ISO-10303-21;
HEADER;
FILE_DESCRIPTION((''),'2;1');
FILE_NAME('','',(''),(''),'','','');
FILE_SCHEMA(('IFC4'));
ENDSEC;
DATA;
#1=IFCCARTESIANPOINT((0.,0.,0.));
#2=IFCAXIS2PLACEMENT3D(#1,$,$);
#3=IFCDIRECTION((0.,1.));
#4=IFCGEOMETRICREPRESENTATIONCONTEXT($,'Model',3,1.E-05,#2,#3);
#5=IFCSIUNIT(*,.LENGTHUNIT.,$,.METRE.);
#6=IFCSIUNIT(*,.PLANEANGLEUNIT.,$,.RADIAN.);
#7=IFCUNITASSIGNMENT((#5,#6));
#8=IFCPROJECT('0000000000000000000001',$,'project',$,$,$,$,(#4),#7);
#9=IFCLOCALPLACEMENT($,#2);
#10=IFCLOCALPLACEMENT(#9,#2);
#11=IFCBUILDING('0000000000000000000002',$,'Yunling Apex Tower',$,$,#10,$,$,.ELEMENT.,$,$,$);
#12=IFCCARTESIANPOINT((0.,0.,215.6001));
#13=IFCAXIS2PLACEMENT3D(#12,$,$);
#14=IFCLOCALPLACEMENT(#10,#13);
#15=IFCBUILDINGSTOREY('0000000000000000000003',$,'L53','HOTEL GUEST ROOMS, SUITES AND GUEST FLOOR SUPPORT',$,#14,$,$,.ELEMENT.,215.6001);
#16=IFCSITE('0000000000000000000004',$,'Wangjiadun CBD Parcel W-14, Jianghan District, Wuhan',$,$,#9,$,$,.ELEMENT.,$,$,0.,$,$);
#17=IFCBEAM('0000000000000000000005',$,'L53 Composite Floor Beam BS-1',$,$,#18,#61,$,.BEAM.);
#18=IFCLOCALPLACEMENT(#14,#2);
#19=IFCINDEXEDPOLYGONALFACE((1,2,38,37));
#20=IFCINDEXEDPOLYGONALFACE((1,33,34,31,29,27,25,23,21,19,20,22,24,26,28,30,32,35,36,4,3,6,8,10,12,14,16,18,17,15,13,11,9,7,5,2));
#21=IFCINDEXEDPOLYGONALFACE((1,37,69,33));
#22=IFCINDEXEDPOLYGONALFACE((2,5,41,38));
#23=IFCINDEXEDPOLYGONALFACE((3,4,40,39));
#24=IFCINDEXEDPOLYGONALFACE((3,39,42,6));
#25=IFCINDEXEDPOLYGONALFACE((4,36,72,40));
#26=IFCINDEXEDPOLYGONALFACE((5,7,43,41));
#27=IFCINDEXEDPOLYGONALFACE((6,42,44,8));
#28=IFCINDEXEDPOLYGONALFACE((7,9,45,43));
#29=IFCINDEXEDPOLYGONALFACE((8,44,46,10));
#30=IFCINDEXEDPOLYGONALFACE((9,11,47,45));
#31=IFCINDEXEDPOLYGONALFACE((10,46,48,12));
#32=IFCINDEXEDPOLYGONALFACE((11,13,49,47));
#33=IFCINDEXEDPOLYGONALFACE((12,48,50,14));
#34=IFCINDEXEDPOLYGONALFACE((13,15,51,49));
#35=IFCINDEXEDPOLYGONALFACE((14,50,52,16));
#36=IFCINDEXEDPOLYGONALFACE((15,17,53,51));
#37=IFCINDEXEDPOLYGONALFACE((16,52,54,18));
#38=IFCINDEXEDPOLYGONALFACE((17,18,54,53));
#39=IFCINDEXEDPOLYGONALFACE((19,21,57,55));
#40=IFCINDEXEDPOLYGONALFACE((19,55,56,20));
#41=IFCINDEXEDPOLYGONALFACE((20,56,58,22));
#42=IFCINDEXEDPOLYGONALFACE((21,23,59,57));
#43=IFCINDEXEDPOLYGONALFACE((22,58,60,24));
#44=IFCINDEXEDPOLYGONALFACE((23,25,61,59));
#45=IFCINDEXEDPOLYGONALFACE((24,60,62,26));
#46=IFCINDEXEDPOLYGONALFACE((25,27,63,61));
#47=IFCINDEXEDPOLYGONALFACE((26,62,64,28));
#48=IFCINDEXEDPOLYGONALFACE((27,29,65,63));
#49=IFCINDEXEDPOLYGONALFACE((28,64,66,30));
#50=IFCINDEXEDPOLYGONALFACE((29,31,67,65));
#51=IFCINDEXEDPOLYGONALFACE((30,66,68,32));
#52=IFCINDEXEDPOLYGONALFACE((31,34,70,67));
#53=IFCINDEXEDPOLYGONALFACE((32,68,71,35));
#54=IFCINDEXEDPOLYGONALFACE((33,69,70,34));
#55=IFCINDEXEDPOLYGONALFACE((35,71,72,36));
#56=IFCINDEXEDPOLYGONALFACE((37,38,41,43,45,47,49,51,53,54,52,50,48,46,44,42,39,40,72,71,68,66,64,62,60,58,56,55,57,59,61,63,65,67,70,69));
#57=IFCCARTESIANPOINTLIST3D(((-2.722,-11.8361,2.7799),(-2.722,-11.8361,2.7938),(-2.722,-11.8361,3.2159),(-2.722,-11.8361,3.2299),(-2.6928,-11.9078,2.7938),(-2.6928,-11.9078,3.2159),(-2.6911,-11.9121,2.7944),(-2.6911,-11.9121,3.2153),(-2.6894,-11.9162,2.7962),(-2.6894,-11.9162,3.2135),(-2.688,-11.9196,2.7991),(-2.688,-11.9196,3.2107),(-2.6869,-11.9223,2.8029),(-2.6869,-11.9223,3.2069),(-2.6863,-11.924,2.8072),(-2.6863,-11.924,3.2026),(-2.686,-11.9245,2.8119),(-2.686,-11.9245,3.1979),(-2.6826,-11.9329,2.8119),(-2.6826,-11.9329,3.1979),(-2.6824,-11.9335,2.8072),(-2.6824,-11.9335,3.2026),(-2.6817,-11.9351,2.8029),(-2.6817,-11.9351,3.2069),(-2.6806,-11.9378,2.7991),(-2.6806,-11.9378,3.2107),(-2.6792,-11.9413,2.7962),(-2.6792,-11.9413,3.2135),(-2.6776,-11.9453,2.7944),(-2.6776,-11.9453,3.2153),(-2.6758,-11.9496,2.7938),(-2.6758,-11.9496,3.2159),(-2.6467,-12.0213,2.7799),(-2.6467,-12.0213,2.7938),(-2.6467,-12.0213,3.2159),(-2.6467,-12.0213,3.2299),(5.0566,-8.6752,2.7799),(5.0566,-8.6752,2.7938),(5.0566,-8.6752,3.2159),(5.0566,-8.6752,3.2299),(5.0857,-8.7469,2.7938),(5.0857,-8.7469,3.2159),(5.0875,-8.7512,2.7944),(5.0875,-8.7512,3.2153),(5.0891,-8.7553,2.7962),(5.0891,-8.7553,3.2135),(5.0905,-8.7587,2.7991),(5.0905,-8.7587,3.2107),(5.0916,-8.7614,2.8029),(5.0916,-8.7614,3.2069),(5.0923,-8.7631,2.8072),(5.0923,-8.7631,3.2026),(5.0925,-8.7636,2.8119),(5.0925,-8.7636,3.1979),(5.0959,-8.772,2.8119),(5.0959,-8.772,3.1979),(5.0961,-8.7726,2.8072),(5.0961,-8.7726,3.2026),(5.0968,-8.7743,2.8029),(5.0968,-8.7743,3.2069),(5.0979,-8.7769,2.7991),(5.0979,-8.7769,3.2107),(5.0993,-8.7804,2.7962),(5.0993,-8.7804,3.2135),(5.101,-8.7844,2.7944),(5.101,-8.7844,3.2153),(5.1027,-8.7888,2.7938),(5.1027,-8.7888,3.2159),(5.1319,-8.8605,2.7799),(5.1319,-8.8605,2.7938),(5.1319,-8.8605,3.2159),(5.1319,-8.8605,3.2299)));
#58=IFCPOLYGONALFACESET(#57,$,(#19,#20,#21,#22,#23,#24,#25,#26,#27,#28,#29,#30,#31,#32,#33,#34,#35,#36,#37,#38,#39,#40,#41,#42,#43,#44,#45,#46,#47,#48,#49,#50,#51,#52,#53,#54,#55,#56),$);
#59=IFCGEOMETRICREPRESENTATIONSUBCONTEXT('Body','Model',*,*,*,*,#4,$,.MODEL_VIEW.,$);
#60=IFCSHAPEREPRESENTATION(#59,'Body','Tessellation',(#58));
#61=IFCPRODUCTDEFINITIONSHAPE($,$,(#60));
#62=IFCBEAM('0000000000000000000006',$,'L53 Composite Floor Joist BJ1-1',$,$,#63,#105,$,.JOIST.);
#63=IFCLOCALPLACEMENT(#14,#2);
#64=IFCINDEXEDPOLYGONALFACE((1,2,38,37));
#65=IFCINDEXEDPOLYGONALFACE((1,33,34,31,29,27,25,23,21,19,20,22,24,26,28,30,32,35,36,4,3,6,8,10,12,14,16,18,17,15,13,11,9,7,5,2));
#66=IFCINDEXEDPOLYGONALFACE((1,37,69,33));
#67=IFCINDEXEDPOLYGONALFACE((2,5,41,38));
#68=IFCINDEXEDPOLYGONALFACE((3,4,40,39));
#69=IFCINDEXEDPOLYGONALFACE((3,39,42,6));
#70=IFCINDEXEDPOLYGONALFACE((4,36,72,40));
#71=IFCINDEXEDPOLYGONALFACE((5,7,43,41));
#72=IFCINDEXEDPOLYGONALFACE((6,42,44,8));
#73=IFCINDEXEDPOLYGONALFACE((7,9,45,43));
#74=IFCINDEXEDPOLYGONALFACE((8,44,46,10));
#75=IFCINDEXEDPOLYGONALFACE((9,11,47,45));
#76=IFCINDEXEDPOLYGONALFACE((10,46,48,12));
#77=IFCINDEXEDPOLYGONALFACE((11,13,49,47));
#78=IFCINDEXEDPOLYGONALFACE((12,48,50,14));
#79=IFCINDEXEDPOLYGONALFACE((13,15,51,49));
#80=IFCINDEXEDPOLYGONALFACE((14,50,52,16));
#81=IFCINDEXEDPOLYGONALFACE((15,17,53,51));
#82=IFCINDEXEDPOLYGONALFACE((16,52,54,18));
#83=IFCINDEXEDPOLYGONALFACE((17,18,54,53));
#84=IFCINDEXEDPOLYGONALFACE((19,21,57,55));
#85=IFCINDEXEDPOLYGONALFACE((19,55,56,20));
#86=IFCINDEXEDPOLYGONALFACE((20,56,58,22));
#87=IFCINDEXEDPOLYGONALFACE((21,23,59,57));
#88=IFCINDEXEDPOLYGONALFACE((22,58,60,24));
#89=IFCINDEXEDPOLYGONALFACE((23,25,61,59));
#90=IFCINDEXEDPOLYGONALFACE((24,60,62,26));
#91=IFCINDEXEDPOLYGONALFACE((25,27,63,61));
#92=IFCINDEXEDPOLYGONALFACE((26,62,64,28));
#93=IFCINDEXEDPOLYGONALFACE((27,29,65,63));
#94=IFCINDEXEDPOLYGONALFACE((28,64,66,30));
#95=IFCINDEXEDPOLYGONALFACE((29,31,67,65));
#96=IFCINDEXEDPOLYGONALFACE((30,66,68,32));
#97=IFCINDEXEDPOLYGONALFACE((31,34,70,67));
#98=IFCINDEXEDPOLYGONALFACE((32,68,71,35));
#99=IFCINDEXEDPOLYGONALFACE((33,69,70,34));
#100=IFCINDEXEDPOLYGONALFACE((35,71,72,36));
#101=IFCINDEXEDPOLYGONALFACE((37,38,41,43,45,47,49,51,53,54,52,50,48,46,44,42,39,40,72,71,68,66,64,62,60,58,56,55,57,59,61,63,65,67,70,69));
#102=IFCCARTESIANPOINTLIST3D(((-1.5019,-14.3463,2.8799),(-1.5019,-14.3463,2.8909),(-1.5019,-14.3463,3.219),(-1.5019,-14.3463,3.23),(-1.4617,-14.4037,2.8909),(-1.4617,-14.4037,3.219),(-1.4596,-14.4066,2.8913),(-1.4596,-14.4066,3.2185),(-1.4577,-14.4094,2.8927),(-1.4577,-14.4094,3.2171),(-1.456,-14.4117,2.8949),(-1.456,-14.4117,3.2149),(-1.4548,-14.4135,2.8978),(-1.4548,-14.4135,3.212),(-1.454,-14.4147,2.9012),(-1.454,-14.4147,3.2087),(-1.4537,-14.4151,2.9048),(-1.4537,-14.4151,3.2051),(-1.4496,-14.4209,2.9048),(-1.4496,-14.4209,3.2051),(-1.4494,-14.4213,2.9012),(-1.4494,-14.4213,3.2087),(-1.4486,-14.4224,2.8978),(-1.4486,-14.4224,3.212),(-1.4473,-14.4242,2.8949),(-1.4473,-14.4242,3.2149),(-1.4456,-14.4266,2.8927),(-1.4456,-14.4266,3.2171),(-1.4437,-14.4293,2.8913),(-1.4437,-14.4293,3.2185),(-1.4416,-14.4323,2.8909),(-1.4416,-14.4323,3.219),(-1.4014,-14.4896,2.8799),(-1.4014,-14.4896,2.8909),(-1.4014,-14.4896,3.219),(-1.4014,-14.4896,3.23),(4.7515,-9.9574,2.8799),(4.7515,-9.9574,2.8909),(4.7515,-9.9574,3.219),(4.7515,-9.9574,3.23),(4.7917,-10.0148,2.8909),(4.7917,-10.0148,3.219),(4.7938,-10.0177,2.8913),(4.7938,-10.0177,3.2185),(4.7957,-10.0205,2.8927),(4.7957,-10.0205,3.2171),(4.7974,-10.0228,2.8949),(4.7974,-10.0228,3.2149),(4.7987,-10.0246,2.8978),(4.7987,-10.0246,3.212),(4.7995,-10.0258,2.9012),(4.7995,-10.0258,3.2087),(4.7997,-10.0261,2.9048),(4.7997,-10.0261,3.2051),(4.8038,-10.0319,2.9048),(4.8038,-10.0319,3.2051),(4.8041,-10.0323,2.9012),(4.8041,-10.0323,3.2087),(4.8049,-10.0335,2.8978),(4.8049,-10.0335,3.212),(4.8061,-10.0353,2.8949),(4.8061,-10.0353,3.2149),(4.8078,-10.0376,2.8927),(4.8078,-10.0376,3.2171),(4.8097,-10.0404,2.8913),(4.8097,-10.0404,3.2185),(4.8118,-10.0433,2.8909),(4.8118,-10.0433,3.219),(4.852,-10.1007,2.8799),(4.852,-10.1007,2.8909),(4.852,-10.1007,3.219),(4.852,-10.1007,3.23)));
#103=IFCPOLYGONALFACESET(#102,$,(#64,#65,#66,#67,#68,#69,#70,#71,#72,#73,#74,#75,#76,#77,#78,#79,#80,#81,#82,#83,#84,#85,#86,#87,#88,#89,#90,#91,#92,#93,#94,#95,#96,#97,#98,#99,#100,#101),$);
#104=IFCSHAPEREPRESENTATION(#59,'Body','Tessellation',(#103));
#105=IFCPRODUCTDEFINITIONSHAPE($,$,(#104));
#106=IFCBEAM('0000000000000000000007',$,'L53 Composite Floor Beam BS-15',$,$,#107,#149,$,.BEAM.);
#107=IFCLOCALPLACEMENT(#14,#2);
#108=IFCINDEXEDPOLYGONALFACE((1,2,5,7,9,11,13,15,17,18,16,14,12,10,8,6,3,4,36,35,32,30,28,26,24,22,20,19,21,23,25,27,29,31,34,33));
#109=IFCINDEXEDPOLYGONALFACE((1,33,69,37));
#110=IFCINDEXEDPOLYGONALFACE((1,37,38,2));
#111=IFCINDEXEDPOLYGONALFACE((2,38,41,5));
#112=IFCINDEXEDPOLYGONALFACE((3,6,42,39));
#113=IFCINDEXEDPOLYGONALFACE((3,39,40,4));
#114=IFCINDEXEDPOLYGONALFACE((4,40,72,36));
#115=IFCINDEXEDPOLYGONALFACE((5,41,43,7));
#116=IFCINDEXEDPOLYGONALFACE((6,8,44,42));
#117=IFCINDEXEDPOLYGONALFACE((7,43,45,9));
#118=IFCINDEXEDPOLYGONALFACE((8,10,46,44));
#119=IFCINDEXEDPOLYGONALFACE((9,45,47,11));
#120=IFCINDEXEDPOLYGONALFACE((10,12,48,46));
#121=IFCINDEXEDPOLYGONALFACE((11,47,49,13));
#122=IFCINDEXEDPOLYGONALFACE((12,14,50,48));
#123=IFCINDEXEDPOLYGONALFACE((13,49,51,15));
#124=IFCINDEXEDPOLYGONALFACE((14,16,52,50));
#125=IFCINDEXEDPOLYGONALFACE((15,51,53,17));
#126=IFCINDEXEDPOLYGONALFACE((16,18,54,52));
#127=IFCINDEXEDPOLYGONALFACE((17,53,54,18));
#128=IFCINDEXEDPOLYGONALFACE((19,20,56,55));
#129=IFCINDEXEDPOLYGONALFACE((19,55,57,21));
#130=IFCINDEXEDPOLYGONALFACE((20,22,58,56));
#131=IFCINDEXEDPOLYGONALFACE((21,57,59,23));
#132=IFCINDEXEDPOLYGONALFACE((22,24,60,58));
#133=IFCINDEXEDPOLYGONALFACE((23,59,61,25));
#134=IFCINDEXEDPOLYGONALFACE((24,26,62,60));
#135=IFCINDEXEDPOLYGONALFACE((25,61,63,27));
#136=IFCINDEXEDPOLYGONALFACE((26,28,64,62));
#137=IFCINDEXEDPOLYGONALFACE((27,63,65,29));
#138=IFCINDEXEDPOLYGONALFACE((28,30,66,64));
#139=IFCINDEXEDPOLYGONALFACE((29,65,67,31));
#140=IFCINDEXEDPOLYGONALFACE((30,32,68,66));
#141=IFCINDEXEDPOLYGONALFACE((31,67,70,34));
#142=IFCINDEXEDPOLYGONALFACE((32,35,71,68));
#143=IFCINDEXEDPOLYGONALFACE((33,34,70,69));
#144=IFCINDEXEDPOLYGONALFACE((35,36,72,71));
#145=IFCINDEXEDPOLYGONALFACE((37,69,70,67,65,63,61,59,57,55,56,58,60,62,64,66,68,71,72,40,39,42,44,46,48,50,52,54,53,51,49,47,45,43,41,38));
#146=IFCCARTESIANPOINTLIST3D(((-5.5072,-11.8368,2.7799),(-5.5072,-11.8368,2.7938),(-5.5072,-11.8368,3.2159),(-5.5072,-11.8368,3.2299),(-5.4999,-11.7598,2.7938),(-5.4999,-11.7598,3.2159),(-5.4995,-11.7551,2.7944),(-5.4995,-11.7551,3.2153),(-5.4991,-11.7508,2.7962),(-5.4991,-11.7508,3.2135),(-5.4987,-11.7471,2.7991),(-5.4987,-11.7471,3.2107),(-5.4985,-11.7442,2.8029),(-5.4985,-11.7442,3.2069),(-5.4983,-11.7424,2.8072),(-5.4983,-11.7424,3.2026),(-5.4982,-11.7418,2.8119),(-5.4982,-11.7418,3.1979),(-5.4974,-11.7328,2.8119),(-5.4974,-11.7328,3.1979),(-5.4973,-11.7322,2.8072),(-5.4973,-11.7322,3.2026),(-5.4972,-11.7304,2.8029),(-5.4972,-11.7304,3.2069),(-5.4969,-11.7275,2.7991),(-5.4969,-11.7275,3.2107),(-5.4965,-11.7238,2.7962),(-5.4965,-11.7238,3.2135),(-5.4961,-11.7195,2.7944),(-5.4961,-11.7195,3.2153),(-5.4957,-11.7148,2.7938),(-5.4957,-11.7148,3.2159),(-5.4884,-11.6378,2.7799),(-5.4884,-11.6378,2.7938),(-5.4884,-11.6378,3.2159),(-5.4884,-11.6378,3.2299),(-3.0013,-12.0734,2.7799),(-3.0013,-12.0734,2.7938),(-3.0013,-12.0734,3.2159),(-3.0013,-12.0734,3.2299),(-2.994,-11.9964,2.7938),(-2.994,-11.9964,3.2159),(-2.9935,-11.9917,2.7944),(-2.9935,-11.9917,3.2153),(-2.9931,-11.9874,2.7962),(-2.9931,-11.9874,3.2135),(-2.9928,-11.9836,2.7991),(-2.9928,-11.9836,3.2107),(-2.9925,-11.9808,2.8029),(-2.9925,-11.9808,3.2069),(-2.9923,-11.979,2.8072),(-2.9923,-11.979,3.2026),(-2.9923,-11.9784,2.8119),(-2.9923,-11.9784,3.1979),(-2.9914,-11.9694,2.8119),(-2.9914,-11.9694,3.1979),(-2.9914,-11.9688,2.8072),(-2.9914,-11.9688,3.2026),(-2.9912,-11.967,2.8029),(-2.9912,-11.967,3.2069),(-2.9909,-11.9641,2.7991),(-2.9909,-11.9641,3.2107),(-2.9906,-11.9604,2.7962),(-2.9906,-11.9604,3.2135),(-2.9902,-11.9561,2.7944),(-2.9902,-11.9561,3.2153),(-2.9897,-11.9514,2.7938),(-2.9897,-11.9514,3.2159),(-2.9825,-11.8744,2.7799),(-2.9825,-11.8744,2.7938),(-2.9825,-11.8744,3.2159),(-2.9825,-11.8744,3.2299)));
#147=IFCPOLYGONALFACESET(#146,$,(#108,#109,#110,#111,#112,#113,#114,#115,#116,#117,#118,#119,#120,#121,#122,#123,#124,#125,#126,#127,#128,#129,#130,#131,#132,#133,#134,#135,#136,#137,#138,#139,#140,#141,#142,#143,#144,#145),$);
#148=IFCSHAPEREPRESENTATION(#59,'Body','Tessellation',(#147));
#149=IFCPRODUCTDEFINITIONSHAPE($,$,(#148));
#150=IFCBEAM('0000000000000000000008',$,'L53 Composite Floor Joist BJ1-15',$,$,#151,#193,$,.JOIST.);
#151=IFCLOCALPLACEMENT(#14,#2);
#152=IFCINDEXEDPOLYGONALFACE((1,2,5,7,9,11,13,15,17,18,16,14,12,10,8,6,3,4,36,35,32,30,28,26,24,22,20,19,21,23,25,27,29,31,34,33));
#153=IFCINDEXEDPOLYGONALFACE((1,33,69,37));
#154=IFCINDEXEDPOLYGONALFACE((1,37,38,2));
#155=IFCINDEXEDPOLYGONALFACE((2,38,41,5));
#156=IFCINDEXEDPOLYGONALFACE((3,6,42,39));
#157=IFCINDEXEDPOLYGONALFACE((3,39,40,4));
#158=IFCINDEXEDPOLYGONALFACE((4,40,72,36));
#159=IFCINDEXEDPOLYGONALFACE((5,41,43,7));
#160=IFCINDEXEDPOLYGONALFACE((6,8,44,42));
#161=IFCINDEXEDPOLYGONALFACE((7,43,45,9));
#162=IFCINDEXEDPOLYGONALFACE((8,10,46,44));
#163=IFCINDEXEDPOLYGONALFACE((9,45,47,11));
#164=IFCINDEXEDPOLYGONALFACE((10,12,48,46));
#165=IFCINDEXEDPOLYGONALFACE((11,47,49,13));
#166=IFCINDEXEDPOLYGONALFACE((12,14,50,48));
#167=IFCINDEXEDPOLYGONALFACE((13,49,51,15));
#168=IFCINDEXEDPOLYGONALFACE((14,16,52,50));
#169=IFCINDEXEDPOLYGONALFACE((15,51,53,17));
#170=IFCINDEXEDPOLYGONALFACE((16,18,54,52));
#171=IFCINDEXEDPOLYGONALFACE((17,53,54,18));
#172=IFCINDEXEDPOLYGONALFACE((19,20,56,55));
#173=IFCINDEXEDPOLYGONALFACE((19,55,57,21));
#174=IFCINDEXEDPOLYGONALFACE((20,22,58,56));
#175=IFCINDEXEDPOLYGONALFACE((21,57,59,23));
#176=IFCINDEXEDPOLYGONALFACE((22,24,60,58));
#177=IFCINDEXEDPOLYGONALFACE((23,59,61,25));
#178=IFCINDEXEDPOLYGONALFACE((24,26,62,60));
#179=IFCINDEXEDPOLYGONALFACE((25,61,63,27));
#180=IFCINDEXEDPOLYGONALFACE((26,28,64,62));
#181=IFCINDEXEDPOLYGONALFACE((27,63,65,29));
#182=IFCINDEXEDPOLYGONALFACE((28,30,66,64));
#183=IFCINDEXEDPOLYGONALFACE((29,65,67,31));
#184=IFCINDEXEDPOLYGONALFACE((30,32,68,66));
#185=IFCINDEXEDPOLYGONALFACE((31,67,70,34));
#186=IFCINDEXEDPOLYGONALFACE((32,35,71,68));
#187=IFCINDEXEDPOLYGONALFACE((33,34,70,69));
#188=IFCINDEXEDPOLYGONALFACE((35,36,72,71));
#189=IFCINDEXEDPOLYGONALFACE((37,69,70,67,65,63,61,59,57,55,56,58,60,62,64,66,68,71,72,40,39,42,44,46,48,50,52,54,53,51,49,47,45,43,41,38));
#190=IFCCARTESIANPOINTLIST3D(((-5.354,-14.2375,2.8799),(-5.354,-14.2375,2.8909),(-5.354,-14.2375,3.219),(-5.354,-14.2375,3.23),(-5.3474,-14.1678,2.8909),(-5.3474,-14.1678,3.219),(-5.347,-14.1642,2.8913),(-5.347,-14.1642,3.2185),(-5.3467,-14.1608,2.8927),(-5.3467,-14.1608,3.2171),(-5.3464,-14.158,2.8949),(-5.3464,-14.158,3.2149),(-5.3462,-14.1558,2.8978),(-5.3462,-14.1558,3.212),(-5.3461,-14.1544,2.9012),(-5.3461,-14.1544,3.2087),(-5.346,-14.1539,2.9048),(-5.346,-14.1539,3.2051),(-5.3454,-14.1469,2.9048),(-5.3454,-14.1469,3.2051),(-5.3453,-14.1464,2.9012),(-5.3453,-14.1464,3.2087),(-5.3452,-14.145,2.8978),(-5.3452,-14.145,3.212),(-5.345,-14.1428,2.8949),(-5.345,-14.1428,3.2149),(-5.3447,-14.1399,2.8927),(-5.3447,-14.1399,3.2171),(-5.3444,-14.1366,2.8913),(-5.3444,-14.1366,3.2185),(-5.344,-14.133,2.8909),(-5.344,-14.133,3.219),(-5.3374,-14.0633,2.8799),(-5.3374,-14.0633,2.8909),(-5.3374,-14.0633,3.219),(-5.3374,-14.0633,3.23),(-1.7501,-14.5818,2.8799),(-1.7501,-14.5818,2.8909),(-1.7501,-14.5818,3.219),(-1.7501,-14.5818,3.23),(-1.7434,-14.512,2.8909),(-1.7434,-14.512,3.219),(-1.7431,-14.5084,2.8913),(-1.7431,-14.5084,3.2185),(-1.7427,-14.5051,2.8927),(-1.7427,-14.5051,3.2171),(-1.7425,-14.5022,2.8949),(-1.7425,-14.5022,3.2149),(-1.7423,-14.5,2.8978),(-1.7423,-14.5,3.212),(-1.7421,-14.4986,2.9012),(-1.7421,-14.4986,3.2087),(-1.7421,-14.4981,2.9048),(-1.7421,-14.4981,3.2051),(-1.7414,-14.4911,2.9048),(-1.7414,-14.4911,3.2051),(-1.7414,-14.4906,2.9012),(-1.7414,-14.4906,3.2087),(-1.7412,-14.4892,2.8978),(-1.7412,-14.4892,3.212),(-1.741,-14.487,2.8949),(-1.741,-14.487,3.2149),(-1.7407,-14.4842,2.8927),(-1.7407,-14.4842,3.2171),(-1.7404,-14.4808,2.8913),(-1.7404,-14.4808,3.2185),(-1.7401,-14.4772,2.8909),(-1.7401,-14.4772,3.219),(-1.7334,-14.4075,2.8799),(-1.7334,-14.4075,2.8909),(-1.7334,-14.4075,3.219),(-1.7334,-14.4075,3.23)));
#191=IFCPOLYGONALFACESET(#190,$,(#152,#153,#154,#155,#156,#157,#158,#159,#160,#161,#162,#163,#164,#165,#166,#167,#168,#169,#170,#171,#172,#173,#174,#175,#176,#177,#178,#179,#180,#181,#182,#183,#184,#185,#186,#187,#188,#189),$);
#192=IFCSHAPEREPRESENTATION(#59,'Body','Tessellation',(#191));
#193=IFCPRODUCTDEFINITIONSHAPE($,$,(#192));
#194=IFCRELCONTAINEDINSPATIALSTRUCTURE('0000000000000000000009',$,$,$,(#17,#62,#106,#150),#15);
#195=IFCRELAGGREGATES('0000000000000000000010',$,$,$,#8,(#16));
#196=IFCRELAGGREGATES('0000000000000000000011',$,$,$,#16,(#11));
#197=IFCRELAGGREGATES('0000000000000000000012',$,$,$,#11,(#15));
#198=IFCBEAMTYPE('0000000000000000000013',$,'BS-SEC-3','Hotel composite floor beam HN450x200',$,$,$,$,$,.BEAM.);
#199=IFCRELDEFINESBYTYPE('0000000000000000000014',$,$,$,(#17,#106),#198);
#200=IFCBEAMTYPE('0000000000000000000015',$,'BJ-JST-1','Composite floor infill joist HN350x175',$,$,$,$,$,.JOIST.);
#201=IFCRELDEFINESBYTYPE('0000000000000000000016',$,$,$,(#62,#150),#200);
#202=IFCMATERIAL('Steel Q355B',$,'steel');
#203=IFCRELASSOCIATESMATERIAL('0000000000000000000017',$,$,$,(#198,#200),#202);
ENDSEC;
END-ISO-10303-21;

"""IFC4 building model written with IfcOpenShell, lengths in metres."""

from ifc_helpers import new_model, si_unit, direction, frame, origin, origin_2d, place, context, subcontext, project, spatial, i_section, extrude, source, transform, mapped, material, material_profile, profile_set, type_object, element, save


model = new_model("IFC4")

# Units and contexts
model_context = context("Model", 3, precision=1e-05, world=origin(), true_north=direction((0.0, 1.0)))
body_context = subcontext(model_context, "Body", "Model", "MODEL_VIEW")
ifc_project = project(units=[si_unit("LENGTHUNIT", "METRE"), si_unit("PLANEANGLEUNIT", "RADIAN")], contexts=[model_context])

# Site, building, storey
site_placement = place(None, origin())
site = spatial("IfcSite", under=ifc_project, at=site_placement, Name="Wangjiadun CBD Parcel W-14, Jianghan District, Wuhan", CompositionType="ELEMENT", RefElevation=0.0)
building_placement = place(site_placement, origin())
building = spatial("IfcBuilding", under=site, at=building_placement, Name="Yunling Apex Tower", CompositionType="ELEMENT")
storey_placement = place(building_placement, frame((0.0, 0.0, 215.6001)))
storey = spatial("IfcBuildingStorey", under=building, at=storey_placement, Name="L53", Description="HOTEL GUEST ROOMS, SUITES AND GUEST FLOOR SUPPORT", CompositionType="ELEMENT", Elevation=215.6001)

# Beams
ifc_material_1 = material(Name="Steel Q355B", Category="steel")
ifc_material_profile_1 = material_profile(ifc_material_1, i_section(OverallWidth=0.2, OverallDepth=0.45, WebThickness=0.009, FlangeThickness=0.0139, FilletRadius=0.0181, at=origin_2d()))
ifc_profile_set_1 = profile_set([ifc_material_profile_1], Name="Steel Q355B")
beam_type_1 = type_object("IfcBeamType", Name="BS-SEC-3", Description="Hotel composite floor beam HN450x200", PredefinedType="BEAM", material=ifc_profile_set_1)
shared_shape_1 = source(origin(), body_context, "Body", "SweptSolid", [
    extrude(i_section(OverallWidth=0.2, OverallDepth=0.45, WebThickness=0.009, FlangeThickness=0.0139, FilletRadius=0.0181, at=origin_2d()), origin(), (0.0, 0.0, 1.0), 8.3962),
])
beam_1_placement = place(storey_placement, frame((-2.6843, -11.9287, 3.0049), z_axis=(0.926431, 0.376464, 0.0), x_axis=(-0.376464, 0.926431, 0.0)))
element("IfcBeam", 1, at=beam_1_placement, inside=storey, type_object=beam_type_1, Name="L53 Composite Floor Beam BS-1", PredefinedType="BEAM", context=body_context, shape_type="MappedRepresentation", body=[
    mapped(shared_shape_1, transform((0.0, 0.0, 0.0), scale=1.0)),
])
ifc_material_profile_2 = material_profile(ifc_material_1, i_section(OverallWidth=0.175, OverallDepth=0.3501, WebThickness=0.0071, FlangeThickness=0.011, FilletRadius=0.0139, at=origin_2d()))
ifc_profile_set_2 = profile_set([ifc_material_profile_2], Name="Steel Q355B")
beam_type_2 = type_object("IfcBeamType", Name="BJ-JST-1", Description="Composite floor infill joist HN350x175", PredefinedType="JOIST", material=ifc_profile_set_2)
shared_shape_2 = source(origin(), body_context, "Body", "SweptSolid", [
    extrude(i_section(OverallWidth=0.175, OverallDepth=0.3501, WebThickness=0.0071, FlangeThickness=0.011, FilletRadius=0.0139, at=origin_2d()), origin(), (0.0, 0.0, 1.0), 7.6399),
])
beam_2_placement = place(storey_placement, frame((-1.4517, -14.418, 3.0549), z_axis=(0.818523, 0.574474, 0.0), x_axis=(-0.574474, 0.818523, 0.0)))
element("IfcBeam", 2, at=beam_2_placement, inside=storey, type_object=beam_type_2, Name="L53 Composite Floor Joist BJ1-1", PredefinedType="JOIST", context=body_context, shape_type="MappedRepresentation", body=[
    mapped(shared_shape_2, transform((0.0, 0.0, 0.0), scale=1.0)),
])
shared_shape_3 = source(origin(), body_context, "Body", "SweptSolid", [
    extrude(i_section(OverallWidth=0.2, OverallDepth=0.45, WebThickness=0.009, FlangeThickness=0.0139, FilletRadius=0.0181, at=origin_2d()), origin(), (0.0, 0.0, 1.0), 2.5171),
])
beam_3_placement = place(storey_placement, frame((-5.4978, -11.7373, 3.0049), z_axis=(0.995573, -0.09399, 0.0), x_axis=(0.09399, 0.995573, 0.0)))
element("IfcBeam", 3, at=beam_3_placement, inside=storey, type_object=beam_type_1, Name="L53 Composite Floor Beam BS-15", PredefinedType="BEAM", context=body_context, shape_type="MappedRepresentation", body=[
    mapped(shared_shape_3, transform((0.0, 0.0, 0.0), scale=1.0)),
])
shared_shape_4 = source(origin(), body_context, "Body", "SweptSolid", [
    extrude(i_section(OverallWidth=0.175, OverallDepth=0.3501, WebThickness=0.0071, FlangeThickness=0.011, FilletRadius=0.0139, at=origin_2d()), origin(), (0.0, 0.0, 1.0), 3.6204),
])
beam_4_placement = place(storey_placement, frame((-5.3457, -14.1504, 3.0549), z_axis=(0.995469, -0.095083, 0.0), x_axis=(0.095083, 0.995469, 0.0)))
element("IfcBeam", 4, at=beam_4_placement, inside=storey, type_object=beam_type_2, Name="L53 Composite Floor Joist BJ1-15", PredefinedType="JOIST", context=body_context, shape_type="MappedRepresentation", body=[
    mapped(shared_shape_4, transform((0.0, 0.0, 0.0), scale=1.0)),
])

save(model, "model.ifc")
